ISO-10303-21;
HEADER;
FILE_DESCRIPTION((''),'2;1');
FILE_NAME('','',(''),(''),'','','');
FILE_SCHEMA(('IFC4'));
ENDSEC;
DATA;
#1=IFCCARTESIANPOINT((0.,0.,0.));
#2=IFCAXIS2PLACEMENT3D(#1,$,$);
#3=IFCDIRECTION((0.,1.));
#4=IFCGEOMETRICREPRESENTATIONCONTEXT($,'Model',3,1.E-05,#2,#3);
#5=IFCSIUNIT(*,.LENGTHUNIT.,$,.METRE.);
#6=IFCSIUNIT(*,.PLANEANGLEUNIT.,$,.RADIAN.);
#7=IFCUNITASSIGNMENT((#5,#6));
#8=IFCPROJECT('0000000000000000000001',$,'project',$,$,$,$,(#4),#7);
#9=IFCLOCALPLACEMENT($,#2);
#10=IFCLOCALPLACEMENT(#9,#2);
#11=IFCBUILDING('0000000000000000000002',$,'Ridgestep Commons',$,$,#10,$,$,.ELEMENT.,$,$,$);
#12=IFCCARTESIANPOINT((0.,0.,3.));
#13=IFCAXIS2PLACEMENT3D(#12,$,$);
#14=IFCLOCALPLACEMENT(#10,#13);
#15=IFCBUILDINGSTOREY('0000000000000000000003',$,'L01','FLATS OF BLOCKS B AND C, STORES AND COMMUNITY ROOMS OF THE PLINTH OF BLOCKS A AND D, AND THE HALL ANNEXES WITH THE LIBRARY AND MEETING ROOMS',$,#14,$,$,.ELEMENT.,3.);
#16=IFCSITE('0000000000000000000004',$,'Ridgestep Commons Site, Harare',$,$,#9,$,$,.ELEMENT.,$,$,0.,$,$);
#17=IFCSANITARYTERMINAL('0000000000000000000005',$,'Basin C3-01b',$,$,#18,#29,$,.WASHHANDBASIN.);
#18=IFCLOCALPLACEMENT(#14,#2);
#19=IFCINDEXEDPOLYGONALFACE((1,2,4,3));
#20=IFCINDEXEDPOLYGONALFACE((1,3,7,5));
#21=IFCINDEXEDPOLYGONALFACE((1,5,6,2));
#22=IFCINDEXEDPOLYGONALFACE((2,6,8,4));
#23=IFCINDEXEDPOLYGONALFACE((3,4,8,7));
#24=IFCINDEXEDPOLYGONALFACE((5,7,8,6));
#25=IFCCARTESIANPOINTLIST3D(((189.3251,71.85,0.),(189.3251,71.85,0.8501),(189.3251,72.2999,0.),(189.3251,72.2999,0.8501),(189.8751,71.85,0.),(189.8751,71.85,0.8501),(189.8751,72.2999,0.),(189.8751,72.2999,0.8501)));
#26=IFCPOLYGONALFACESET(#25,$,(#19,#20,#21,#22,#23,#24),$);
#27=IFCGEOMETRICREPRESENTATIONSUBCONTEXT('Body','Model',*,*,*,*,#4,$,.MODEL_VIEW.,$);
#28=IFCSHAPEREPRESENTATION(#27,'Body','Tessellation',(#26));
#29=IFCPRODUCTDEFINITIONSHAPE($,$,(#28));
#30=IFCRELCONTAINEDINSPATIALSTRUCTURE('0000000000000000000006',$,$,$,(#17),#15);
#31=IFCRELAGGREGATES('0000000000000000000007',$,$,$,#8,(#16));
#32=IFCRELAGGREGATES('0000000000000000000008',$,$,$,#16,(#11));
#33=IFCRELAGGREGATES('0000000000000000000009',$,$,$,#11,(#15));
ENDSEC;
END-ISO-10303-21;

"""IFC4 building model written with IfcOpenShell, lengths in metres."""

from ifc_helpers import new_model, si_unit, direction, frame, origin, origin_2d, place, context, subcontext, project, spatial, rectangle, extrude, element, save


model = new_model("IFC4")

# Units and contexts
model_context = context("Model", 3, precision=1e-05, world=origin(), true_north=direction((0.0, 1.0)))
body_context = subcontext(model_context, "Body", "Model", "MODEL_VIEW")
ifc_project = project(units=[si_unit("LENGTHUNIT", "METRE"), si_unit("PLANEANGLEUNIT", "RADIAN")], contexts=[model_context])

# Site, building, storey
site_placement = place(None, origin())
site = spatial("IfcSite", under=ifc_project, at=site_placement, Name="Ridgestep Commons Site, Harare", CompositionType="ELEMENT", RefElevation=0.0)
building_placement = place(site_placement, origin())
building = spatial("IfcBuilding", under=site, at=building_placement, Name="Ridgestep Commons", CompositionType="ELEMENT")
storey_placement = place(building_placement, frame((0.0, 0.0, 3.0)))
storey = spatial("IfcBuildingStorey", under=building, at=storey_placement, Name="L01", Description="FLATS OF BLOCKS B AND C, STORES AND COMMUNITY ROOMS OF THE PLINTH OF BLOCKS A AND D, AND THE HALL ANNEXES WITH THE LIBRARY AND MEETING ROOMS", CompositionType="ELEMENT", Elevation=3.0)

# Sanitary terminal
sanitary_terminal_1_placement = place(storey_placement, frame((189.6001, 72.075, 0.0), z_axis=(0.0, 0.0, 1.0), x_axis=(1.0, 0.0, 0.0)))
element("IfcSanitaryTerminal", 1, at=sanitary_terminal_1_placement, inside=storey, Name="Basin C3-01b", PredefinedType="WASHHANDBASIN", context=body_context, shape_type="SweptSolid", body=[
    extrude(rectangle(XDim=0.55, YDim=0.45, at=origin_2d()), origin(), (0.0, 0.0, 1.0), 0.8501),
])

save(model, "model.ifc")
